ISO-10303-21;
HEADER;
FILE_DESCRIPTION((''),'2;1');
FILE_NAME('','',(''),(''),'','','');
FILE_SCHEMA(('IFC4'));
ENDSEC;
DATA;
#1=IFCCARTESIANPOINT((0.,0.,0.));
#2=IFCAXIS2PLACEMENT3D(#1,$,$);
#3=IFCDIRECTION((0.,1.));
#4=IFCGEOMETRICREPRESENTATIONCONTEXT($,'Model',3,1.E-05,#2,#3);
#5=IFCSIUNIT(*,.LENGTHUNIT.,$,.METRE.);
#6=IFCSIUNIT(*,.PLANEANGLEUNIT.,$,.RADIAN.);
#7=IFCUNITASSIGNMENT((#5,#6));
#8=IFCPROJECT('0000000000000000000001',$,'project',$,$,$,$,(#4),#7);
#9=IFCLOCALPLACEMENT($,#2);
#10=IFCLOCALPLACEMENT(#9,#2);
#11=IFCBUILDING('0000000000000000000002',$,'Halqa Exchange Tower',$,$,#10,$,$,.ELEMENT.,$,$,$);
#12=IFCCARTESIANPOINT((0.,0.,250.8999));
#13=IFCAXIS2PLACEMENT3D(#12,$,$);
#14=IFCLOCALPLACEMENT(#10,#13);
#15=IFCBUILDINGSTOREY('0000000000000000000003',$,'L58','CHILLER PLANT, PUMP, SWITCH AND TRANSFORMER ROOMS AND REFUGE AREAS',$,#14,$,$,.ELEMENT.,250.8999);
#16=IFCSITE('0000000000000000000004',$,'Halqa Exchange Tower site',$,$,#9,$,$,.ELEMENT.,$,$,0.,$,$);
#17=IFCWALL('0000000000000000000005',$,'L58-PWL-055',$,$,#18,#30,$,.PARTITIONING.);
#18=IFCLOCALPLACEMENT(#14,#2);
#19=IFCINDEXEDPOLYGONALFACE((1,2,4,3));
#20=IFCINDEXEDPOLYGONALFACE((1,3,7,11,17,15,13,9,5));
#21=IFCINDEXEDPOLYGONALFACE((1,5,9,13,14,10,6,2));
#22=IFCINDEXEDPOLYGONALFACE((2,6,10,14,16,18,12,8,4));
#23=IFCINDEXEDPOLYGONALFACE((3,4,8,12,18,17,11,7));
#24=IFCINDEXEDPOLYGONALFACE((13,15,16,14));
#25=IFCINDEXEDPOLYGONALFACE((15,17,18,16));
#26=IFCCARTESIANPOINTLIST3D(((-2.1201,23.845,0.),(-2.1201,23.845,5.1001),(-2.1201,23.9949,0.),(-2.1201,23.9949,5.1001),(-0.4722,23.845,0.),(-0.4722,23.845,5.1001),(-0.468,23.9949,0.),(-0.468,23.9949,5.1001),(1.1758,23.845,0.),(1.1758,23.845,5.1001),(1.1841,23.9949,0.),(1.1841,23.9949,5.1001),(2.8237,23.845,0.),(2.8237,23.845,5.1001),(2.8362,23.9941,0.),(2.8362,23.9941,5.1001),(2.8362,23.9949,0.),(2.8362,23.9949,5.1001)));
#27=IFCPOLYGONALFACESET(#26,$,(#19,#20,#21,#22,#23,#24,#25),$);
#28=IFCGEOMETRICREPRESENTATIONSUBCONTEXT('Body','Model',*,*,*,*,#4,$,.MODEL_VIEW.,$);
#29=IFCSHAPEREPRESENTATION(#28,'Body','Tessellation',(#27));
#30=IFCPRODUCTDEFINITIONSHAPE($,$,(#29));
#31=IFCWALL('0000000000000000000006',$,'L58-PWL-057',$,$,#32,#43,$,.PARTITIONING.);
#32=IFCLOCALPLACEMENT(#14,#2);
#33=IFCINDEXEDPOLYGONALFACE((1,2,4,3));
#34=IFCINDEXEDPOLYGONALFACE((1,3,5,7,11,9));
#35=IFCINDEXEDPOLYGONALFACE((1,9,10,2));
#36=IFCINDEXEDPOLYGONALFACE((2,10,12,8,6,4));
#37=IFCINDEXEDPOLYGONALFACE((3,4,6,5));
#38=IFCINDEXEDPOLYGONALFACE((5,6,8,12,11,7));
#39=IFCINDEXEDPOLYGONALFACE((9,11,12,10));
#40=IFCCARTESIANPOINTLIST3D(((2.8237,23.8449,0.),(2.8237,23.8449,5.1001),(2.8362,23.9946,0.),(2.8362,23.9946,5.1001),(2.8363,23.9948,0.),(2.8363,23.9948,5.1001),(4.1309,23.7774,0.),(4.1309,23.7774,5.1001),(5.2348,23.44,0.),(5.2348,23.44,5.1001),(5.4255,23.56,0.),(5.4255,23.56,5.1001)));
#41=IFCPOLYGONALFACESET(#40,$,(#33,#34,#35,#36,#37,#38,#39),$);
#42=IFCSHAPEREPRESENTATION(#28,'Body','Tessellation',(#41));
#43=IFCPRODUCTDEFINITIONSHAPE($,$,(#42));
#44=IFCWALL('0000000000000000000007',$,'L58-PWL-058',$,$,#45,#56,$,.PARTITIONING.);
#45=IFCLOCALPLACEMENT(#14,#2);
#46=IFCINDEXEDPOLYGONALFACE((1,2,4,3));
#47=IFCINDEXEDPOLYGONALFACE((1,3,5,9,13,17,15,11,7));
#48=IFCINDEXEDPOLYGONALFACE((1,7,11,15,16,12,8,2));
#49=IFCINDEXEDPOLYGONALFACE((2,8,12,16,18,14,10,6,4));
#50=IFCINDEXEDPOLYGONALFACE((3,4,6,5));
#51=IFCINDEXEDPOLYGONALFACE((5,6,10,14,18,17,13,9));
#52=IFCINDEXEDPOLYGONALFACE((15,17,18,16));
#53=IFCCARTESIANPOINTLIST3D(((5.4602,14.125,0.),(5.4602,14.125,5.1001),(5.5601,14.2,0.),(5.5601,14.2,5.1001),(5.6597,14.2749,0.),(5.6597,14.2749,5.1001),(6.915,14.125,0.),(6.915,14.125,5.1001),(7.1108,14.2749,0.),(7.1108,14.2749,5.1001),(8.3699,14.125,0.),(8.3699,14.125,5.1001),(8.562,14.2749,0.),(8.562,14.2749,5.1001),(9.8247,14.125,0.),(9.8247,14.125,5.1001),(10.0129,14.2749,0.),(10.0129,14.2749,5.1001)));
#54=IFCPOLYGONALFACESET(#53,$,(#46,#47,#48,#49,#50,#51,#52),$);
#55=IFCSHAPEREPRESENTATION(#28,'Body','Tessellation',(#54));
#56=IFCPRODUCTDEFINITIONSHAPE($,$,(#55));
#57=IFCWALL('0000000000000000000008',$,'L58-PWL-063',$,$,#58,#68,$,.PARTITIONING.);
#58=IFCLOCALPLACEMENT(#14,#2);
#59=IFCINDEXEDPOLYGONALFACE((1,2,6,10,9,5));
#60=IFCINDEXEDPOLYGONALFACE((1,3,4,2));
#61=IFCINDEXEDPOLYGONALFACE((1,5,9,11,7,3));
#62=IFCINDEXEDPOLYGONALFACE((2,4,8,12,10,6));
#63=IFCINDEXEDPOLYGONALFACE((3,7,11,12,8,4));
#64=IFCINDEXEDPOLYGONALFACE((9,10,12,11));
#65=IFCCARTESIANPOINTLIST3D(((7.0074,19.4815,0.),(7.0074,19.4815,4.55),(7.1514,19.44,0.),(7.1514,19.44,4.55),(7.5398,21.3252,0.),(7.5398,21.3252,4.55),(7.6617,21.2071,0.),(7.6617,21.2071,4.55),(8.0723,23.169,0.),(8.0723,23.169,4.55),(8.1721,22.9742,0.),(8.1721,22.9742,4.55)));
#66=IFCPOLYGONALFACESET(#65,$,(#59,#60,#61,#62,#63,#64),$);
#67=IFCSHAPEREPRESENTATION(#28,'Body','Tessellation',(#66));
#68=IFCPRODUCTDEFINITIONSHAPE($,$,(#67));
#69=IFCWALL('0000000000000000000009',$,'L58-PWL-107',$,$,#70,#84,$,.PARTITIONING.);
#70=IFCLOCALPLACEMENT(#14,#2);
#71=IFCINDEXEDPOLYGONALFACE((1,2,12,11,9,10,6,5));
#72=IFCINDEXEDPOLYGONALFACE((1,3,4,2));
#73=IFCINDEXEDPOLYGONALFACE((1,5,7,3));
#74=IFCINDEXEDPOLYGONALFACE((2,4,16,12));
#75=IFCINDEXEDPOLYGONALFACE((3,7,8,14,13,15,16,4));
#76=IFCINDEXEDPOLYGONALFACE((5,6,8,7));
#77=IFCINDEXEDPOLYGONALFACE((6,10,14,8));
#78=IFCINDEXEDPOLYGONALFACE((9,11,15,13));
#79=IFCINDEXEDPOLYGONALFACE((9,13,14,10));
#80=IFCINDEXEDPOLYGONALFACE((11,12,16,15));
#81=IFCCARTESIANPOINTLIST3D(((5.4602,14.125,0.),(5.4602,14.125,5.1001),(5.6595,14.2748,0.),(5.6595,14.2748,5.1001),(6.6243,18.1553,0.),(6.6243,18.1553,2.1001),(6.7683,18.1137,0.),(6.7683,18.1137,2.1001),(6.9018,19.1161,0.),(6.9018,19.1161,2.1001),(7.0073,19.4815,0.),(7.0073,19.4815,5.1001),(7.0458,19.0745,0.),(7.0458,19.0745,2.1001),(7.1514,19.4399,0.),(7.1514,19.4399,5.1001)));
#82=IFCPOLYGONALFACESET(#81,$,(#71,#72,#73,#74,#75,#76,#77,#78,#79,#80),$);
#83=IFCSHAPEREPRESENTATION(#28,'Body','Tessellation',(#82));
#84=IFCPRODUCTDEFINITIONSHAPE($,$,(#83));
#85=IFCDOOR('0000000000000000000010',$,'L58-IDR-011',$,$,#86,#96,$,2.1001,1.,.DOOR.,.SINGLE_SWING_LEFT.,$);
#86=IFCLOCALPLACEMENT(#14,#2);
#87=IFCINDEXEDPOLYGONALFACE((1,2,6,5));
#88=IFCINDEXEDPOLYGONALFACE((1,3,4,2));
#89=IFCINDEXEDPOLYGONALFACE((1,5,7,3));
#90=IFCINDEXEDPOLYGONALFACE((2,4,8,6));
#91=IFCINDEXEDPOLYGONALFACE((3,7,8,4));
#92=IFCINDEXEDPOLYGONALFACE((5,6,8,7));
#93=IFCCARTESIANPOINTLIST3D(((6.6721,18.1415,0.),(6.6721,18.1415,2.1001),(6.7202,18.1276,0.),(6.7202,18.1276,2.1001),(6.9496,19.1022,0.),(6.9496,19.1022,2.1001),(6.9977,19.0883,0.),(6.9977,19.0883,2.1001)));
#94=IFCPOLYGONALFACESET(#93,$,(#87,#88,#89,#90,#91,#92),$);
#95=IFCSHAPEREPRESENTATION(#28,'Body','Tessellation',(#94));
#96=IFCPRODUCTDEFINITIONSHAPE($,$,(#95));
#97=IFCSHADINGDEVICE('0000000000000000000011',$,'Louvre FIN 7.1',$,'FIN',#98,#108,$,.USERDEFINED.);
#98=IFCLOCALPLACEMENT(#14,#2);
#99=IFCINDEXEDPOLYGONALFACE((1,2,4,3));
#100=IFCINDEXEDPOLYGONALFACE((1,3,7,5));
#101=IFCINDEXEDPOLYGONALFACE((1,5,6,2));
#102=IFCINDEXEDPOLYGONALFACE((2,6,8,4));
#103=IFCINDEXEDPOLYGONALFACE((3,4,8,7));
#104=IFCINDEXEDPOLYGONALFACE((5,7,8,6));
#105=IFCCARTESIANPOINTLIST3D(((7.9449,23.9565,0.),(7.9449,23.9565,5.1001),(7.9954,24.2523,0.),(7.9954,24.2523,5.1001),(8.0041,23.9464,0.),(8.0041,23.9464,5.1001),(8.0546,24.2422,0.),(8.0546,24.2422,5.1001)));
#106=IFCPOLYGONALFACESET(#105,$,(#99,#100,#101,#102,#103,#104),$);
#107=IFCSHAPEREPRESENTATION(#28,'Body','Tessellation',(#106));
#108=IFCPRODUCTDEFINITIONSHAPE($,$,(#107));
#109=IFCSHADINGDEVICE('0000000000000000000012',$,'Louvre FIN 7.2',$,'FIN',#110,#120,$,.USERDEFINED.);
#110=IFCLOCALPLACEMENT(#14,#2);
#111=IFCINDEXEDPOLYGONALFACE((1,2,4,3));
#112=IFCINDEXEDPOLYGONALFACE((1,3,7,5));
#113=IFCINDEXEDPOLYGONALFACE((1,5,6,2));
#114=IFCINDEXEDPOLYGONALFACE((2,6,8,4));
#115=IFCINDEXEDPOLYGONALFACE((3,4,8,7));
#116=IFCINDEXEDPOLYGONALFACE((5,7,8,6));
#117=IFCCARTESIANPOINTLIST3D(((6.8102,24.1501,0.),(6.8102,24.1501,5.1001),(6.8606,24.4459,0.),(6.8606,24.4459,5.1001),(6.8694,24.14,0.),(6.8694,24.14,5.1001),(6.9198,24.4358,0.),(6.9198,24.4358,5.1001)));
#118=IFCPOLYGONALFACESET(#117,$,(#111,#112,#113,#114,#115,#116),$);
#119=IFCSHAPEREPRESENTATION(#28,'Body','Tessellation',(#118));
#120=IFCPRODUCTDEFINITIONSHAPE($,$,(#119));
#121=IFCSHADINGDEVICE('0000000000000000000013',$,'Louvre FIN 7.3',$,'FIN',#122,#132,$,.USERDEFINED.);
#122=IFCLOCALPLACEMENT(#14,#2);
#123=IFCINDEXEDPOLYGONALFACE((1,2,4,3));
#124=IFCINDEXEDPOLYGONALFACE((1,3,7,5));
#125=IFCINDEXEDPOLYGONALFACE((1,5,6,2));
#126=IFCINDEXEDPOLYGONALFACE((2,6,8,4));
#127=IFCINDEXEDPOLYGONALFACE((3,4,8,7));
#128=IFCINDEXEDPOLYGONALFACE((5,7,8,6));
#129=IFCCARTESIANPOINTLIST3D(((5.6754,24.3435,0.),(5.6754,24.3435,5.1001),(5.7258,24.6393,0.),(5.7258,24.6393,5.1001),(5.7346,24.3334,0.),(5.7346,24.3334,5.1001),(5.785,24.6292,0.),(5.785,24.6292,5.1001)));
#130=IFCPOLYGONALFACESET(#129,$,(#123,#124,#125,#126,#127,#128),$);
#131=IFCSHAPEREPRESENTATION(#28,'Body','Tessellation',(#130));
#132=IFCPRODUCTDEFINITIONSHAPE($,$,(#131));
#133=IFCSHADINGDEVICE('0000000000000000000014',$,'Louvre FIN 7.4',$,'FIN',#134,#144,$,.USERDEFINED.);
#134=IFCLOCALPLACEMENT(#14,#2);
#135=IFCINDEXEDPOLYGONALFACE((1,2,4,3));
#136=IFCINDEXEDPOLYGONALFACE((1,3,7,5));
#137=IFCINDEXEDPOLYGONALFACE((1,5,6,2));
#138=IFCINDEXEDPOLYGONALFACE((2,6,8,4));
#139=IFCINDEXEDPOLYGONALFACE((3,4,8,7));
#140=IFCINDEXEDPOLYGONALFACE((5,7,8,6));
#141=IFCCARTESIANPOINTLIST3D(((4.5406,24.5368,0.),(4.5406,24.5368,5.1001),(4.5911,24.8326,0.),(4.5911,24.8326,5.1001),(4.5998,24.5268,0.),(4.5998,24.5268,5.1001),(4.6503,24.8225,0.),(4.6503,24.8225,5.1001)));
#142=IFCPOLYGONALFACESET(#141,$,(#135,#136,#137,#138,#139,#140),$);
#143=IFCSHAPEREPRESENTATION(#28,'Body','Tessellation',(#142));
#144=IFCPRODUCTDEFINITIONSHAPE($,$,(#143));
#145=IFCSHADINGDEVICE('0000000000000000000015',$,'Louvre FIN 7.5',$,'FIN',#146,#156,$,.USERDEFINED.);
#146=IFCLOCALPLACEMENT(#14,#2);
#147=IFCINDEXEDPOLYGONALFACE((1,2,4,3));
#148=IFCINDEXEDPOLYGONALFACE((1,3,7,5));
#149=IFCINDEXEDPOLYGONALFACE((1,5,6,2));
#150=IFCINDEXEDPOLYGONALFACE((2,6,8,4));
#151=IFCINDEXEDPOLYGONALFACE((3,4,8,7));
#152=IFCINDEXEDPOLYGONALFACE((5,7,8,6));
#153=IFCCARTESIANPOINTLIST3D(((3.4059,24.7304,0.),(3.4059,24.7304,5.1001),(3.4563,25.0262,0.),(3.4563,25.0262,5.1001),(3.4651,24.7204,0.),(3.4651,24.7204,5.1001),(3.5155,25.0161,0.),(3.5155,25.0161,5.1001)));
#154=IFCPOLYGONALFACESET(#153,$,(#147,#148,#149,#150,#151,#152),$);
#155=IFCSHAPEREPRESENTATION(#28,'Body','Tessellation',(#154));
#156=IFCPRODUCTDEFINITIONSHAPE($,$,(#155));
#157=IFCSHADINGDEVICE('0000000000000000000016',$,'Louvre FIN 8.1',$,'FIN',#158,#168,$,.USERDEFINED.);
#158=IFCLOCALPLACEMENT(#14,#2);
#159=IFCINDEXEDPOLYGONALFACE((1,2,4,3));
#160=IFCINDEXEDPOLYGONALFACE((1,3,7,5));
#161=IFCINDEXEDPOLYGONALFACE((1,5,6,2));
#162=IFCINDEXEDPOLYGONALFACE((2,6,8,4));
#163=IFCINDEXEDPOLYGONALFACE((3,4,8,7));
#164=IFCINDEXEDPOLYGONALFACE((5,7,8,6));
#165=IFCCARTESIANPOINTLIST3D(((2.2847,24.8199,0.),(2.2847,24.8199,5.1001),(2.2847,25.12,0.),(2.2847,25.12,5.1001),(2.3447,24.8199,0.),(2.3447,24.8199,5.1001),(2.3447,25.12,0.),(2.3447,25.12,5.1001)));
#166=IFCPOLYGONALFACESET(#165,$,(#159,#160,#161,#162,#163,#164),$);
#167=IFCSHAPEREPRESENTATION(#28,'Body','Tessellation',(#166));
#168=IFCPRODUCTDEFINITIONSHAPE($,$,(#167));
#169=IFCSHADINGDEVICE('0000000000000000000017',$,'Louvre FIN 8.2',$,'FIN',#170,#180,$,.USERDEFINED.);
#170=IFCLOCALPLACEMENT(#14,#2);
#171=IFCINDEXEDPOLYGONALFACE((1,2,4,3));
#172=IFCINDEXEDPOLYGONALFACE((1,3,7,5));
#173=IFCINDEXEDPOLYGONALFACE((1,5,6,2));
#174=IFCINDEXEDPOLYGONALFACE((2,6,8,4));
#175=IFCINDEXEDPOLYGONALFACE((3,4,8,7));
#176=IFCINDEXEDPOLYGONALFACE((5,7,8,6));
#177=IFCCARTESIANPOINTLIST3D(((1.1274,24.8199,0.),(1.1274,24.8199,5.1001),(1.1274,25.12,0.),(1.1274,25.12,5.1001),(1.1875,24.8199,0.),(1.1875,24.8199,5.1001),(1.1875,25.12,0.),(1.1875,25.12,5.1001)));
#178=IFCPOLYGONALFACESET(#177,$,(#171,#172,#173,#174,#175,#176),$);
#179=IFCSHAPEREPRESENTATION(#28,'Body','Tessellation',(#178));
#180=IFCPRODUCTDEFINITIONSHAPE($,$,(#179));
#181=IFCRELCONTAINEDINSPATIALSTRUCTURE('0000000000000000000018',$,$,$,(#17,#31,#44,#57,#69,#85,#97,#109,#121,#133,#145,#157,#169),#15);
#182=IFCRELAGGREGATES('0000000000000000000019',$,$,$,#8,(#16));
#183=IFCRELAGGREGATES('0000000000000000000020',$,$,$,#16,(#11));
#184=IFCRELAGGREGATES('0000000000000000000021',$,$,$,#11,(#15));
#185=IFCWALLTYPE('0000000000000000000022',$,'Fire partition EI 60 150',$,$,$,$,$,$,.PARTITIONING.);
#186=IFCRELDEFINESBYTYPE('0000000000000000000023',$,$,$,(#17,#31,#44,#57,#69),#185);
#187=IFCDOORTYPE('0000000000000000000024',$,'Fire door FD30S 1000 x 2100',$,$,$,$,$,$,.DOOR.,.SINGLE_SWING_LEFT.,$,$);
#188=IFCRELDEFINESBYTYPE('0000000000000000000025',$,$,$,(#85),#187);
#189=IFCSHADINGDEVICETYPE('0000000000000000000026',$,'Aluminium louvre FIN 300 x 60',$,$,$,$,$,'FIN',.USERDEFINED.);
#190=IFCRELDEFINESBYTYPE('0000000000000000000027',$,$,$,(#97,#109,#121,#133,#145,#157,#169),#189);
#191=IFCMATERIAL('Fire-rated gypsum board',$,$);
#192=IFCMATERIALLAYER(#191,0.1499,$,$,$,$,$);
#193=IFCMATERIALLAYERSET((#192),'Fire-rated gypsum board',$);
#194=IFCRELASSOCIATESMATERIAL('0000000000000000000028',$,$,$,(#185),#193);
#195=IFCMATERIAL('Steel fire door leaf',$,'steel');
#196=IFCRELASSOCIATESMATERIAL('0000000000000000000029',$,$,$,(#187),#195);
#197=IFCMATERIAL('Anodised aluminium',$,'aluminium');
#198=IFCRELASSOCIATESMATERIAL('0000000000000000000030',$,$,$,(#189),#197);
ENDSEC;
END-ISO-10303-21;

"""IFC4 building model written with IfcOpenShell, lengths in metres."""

from ifc_helpers import new_model, si_unit, direction, frame, frame_2d, origin, origin_2d, place, context, subcontext, project, spatial, polyline, rectangle, outline, extrude, material, layer, layer_set, material_profile, profile_set, type_object, element, fill, save


model = new_model("IFC4")

# Units and contexts
model_context = context("Model", 3, precision=1e-05, world=origin(), true_north=direction((0.0, 1.0)))
body_context = subcontext(model_context, "Body", "Model", "MODEL_VIEW")
ifc_project = project(units=[si_unit("LENGTHUNIT", "METRE"), si_unit("PLANEANGLEUNIT", "RADIAN")], contexts=[model_context])

# Site, building, storey
site_placement = place(None, origin())
site = spatial("IfcSite", under=ifc_project, at=site_placement, Name="Halqa Exchange Tower site", CompositionType="ELEMENT", RefElevation=0.0)
building_placement = place(site_placement, origin())
building = spatial("IfcBuilding", under=site, at=building_placement, Name="Halqa Exchange Tower", CompositionType="ELEMENT")
storey_placement = place(building_placement, frame((0.0, 0.0, 250.8999)))
storey = spatial("IfcBuildingStorey", under=building, at=storey_placement, Name="L58", Description="CHILLER PLANT, PUMP, SWITCH AND TRANSFORMER ROOMS AND REFUGE AREAS", CompositionType="ELEMENT", Elevation=250.8999)

# Walls
ifc_material_1 = material(Name="Fire-rated gypsum board")
ifc_layer_1 = layer(ifc_material_1, 0.1499)
ifc_layer_set_1 = layer_set([ifc_layer_1], Name="Fire-rated gypsum board")
wall_type = type_object("IfcWallType", Name="Fire partition EI 60 150", PredefinedType="PARTITIONING", material=ifc_layer_set_1)
wall_1_placement = place(storey_placement, frame((2.8362, 23.9199, 0.0), z_axis=(0.0, 0.0, 1.0), x_axis=(-1.0, 0.0, 0.0)))
element("IfcWall", 1, at=wall_1_placement, inside=storey, type_object=wall_type, Name="L58-PWL-055", PredefinedType="PARTITIONING", context=body_context, shape_type="SweptSolid", body=[
    extrude(outline(polyline([(4.9563, 0.075), (3.3083, 0.075), (1.6604, 0.075), (0.0125, 0.075), (0.0, -0.0742), (0.0, -0.075), (1.6521, -0.075), (3.3042, -0.075), (4.9563, -0.075), (4.9563, 0.075)])), origin(), (0.0, 0.0, 1.0), 5.1001),
])
wall_2_placement = place(storey_placement, frame((5.4131, 23.4861, 0.0), z_axis=(0.0, 0.0, 1.0), x_axis=(-0.986192, 0.165605, 0.0)))
element("IfcWall", 2, at=wall_2_placement, inside=storey, type_object=wall_type, Name="L58-PWL-057", PredefinedType="PARTITIONING", context=body_context, shape_type="SweptSolid", body=[
    extrude(outline(polyline([(2.6255, -0.075), (2.6255, -0.0747), (2.613, 0.075), (0.1682, 0.075), (0.0, -0.075), (1.3127, -0.075), (2.6255, -0.075)])), origin(), (0.0, 0.0, 1.0), 5.1001),
])
wall_3_placement = place(storey_placement, frame((5.4602, 14.2, 0.0), z_axis=(0.0, 0.0, 1.0), x_axis=(1.0, 0.0, 0.0)))
element("IfcWall", 3, at=wall_3_placement, inside=storey, type_object=wall_type, Name="L58-PWL-058", PredefinedType="PARTITIONING", context=body_context, shape_type="SweptSolid", body=[
    extrude(outline(polyline([(0.0, -0.075), (1.4548, -0.075), (2.9097, -0.075), (4.3645, -0.075), (4.5527, 0.075), (3.1018, 0.075), (1.6506, 0.075), (0.1995, 0.075), (0.0999, 0.0), (0.0, -0.075)])), origin(), (0.0, 0.0, 1.0), 5.1001),
])
wall_4_placement = place(storey_placement, frame((8.1443, 23.1482, 0.0), z_axis=(0.0, 0.0, 1.0), x_axis=(-0.277459, -0.960738, 0.0)))
element("IfcWall", 4, at=wall_4_placement, inside=storey, type_object=wall_type, Name="L58-PWL-063", PredefinedType="PARTITIONING", context=body_context, shape_type="SweptSolid", body=[
    extrude(outline(polyline([(3.8381, 0.075), (1.9988, 0.075), (0.1594, 0.075), (0.0, -0.075), (1.9192, -0.075), (3.8381, -0.075), (3.8381, 0.075)])), origin(), (0.0, 0.0, 1.0), 4.55),
])

# Wall, opening, door
wall_5_placement = place(storey_placement, frame((7.0793, 19.4607, 0.0), z_axis=(0.0, 0.0, 1.0), x_axis=(-0.27749, -0.960728, 0.0)))
wall_5 = element("IfcWall", 5, at=wall_5_placement, inside=storey, type_object=wall_type, Name="L58-PWL-107", PredefinedType="PARTITIONING", context=body_context, shape_type="SweptSolid", body=[
    extrude(outline(polyline([(5.5754, -0.075), (5.5754, -0.075), (5.3762, 0.075), (3.5842, 0.075), (1.792, 0.075), (0.0, 0.075), (0.0, -0.075), (1.8584, -0.075), (3.717, -0.075), (5.5754, -0.075)])), origin(), (0.0, 0.0, 1.0), 5.1001),
])
opening_placement = place(wall_5_placement, frame((0.3804, 0.0, 0.0)))
opening = element("IfcOpeningElement", 6, at=opening_placement, cuts=wall_5, PredefinedType="OPENING", context=body_context, shape_type="SweptSolid", body=[
    extrude(rectangle(XDim=1.0, YDim=2.1001, at=frame_2d((0.5, 1.05))), frame((0.0, 0.0869, 0.0), z_axis=(0.0, -1.0, 0.0), x_axis=(1.0, 0.0, 0.0)), (0.0, 0.0, 1.0), 0.1738),
])
ifc_material_2 = material(Name="Steel fire door leaf", Category="steel")
door_type = type_object("IfcDoorType", Name="Fire door FD30S 1000 x 2100", OperationType="SINGLE_SWING_LEFT", PredefinedType="DOOR", material=ifc_material_2)
door_placement = place(opening_placement, origin())
door = element("IfcDoor", 7, at=door_placement, inside=storey, type_object=door_type, Name="L58-IDR-011", OperationType="SINGLE_SWING_LEFT", OverallHeight=2.1001, OverallWidth=1.0, PredefinedType="DOOR", context=body_context, shape_type="SweptSolid", body=[
    extrude(rectangle(XDim=1.0, YDim=2.1001, at=frame_2d((0.5, 1.05))), frame((0.0, 0.0249, 0.0), z_axis=(0.0, -1.0, 0.0), x_axis=(1.0, 0.0, 0.0)), (0.0, 0.0, 1.0), 0.05),
])
fill(opening, door)

# Shading devices
ifc_material_3 = material(Name="Anodised aluminium", Category="aluminium")
ifc_material_profile_1 = material_profile(ifc_material_3, rectangle(XDim=0.3, YDim=0.0601, at=origin_2d()), Name="AL FIN 300x60")
ifc_profile_set_1 = profile_set([ifc_material_profile_1], Name="Anodised aluminium")
shading_device_type = type_object("IfcShadingDeviceType", Name="Aluminium louvre FIN 300 x 60", ElementType="FIN", PredefinedType="USERDEFINED", material=ifc_profile_set_1)
for number, where, z_axis, x_axis, name in (
    (8, (7.9998, 24.0994, 0.0), (0.0, 0.0, 1.0), (-0.168066, -0.985776, 0.0), "Louvre FIN 7.1"),
    (9, (6.865, 24.293, 0.0), (0.0, 0.0, 1.0), (-0.168066, -0.985776, 0.0), "Louvre FIN 7.2"),
    (10, (5.7302, 24.4863, 0.0), (0.0, 0.0, 1.0), (-0.168066, -0.985776, 0.0), "Louvre FIN 7.3"),
    (11, (4.5955, 24.6797, 0.0), (0.0, 0.0, 1.0), (-0.168066, -0.985776, 0.0), "Louvre FIN 7.4"),
    (12, (3.4607, 24.8733, 0.0), (0.0, 0.0, 1.0), (-0.168066, -0.985776, 0.0), "Louvre FIN 7.5"),
    (13, (2.3147, 24.97, 0.0), (0.0, 0.0, 1.0), (0.0, -1.0, 0.0), "Louvre FIN 8.1"),
    (14, (1.1575, 24.97, 0.0), (0.0, 0.0, 1.0), (0.0, -1.0, 0.0), "Louvre FIN 8.2"),
):
    element("IfcShadingDevice", number, at=place(storey_placement, frame(where, z_axis=z_axis, x_axis=x_axis)), inside=storey, type_object=shading_device_type, Name=name, ObjectType="FIN", PredefinedType="USERDEFINED", context=body_context, shape_type="SweptSolid", body=[
        extrude(rectangle(XDim=0.3, YDim=0.0601, at=origin_2d()), origin(), (0.0, 0.0, 1.0), 5.1001),
    ])

save(model, "model.ifc")
